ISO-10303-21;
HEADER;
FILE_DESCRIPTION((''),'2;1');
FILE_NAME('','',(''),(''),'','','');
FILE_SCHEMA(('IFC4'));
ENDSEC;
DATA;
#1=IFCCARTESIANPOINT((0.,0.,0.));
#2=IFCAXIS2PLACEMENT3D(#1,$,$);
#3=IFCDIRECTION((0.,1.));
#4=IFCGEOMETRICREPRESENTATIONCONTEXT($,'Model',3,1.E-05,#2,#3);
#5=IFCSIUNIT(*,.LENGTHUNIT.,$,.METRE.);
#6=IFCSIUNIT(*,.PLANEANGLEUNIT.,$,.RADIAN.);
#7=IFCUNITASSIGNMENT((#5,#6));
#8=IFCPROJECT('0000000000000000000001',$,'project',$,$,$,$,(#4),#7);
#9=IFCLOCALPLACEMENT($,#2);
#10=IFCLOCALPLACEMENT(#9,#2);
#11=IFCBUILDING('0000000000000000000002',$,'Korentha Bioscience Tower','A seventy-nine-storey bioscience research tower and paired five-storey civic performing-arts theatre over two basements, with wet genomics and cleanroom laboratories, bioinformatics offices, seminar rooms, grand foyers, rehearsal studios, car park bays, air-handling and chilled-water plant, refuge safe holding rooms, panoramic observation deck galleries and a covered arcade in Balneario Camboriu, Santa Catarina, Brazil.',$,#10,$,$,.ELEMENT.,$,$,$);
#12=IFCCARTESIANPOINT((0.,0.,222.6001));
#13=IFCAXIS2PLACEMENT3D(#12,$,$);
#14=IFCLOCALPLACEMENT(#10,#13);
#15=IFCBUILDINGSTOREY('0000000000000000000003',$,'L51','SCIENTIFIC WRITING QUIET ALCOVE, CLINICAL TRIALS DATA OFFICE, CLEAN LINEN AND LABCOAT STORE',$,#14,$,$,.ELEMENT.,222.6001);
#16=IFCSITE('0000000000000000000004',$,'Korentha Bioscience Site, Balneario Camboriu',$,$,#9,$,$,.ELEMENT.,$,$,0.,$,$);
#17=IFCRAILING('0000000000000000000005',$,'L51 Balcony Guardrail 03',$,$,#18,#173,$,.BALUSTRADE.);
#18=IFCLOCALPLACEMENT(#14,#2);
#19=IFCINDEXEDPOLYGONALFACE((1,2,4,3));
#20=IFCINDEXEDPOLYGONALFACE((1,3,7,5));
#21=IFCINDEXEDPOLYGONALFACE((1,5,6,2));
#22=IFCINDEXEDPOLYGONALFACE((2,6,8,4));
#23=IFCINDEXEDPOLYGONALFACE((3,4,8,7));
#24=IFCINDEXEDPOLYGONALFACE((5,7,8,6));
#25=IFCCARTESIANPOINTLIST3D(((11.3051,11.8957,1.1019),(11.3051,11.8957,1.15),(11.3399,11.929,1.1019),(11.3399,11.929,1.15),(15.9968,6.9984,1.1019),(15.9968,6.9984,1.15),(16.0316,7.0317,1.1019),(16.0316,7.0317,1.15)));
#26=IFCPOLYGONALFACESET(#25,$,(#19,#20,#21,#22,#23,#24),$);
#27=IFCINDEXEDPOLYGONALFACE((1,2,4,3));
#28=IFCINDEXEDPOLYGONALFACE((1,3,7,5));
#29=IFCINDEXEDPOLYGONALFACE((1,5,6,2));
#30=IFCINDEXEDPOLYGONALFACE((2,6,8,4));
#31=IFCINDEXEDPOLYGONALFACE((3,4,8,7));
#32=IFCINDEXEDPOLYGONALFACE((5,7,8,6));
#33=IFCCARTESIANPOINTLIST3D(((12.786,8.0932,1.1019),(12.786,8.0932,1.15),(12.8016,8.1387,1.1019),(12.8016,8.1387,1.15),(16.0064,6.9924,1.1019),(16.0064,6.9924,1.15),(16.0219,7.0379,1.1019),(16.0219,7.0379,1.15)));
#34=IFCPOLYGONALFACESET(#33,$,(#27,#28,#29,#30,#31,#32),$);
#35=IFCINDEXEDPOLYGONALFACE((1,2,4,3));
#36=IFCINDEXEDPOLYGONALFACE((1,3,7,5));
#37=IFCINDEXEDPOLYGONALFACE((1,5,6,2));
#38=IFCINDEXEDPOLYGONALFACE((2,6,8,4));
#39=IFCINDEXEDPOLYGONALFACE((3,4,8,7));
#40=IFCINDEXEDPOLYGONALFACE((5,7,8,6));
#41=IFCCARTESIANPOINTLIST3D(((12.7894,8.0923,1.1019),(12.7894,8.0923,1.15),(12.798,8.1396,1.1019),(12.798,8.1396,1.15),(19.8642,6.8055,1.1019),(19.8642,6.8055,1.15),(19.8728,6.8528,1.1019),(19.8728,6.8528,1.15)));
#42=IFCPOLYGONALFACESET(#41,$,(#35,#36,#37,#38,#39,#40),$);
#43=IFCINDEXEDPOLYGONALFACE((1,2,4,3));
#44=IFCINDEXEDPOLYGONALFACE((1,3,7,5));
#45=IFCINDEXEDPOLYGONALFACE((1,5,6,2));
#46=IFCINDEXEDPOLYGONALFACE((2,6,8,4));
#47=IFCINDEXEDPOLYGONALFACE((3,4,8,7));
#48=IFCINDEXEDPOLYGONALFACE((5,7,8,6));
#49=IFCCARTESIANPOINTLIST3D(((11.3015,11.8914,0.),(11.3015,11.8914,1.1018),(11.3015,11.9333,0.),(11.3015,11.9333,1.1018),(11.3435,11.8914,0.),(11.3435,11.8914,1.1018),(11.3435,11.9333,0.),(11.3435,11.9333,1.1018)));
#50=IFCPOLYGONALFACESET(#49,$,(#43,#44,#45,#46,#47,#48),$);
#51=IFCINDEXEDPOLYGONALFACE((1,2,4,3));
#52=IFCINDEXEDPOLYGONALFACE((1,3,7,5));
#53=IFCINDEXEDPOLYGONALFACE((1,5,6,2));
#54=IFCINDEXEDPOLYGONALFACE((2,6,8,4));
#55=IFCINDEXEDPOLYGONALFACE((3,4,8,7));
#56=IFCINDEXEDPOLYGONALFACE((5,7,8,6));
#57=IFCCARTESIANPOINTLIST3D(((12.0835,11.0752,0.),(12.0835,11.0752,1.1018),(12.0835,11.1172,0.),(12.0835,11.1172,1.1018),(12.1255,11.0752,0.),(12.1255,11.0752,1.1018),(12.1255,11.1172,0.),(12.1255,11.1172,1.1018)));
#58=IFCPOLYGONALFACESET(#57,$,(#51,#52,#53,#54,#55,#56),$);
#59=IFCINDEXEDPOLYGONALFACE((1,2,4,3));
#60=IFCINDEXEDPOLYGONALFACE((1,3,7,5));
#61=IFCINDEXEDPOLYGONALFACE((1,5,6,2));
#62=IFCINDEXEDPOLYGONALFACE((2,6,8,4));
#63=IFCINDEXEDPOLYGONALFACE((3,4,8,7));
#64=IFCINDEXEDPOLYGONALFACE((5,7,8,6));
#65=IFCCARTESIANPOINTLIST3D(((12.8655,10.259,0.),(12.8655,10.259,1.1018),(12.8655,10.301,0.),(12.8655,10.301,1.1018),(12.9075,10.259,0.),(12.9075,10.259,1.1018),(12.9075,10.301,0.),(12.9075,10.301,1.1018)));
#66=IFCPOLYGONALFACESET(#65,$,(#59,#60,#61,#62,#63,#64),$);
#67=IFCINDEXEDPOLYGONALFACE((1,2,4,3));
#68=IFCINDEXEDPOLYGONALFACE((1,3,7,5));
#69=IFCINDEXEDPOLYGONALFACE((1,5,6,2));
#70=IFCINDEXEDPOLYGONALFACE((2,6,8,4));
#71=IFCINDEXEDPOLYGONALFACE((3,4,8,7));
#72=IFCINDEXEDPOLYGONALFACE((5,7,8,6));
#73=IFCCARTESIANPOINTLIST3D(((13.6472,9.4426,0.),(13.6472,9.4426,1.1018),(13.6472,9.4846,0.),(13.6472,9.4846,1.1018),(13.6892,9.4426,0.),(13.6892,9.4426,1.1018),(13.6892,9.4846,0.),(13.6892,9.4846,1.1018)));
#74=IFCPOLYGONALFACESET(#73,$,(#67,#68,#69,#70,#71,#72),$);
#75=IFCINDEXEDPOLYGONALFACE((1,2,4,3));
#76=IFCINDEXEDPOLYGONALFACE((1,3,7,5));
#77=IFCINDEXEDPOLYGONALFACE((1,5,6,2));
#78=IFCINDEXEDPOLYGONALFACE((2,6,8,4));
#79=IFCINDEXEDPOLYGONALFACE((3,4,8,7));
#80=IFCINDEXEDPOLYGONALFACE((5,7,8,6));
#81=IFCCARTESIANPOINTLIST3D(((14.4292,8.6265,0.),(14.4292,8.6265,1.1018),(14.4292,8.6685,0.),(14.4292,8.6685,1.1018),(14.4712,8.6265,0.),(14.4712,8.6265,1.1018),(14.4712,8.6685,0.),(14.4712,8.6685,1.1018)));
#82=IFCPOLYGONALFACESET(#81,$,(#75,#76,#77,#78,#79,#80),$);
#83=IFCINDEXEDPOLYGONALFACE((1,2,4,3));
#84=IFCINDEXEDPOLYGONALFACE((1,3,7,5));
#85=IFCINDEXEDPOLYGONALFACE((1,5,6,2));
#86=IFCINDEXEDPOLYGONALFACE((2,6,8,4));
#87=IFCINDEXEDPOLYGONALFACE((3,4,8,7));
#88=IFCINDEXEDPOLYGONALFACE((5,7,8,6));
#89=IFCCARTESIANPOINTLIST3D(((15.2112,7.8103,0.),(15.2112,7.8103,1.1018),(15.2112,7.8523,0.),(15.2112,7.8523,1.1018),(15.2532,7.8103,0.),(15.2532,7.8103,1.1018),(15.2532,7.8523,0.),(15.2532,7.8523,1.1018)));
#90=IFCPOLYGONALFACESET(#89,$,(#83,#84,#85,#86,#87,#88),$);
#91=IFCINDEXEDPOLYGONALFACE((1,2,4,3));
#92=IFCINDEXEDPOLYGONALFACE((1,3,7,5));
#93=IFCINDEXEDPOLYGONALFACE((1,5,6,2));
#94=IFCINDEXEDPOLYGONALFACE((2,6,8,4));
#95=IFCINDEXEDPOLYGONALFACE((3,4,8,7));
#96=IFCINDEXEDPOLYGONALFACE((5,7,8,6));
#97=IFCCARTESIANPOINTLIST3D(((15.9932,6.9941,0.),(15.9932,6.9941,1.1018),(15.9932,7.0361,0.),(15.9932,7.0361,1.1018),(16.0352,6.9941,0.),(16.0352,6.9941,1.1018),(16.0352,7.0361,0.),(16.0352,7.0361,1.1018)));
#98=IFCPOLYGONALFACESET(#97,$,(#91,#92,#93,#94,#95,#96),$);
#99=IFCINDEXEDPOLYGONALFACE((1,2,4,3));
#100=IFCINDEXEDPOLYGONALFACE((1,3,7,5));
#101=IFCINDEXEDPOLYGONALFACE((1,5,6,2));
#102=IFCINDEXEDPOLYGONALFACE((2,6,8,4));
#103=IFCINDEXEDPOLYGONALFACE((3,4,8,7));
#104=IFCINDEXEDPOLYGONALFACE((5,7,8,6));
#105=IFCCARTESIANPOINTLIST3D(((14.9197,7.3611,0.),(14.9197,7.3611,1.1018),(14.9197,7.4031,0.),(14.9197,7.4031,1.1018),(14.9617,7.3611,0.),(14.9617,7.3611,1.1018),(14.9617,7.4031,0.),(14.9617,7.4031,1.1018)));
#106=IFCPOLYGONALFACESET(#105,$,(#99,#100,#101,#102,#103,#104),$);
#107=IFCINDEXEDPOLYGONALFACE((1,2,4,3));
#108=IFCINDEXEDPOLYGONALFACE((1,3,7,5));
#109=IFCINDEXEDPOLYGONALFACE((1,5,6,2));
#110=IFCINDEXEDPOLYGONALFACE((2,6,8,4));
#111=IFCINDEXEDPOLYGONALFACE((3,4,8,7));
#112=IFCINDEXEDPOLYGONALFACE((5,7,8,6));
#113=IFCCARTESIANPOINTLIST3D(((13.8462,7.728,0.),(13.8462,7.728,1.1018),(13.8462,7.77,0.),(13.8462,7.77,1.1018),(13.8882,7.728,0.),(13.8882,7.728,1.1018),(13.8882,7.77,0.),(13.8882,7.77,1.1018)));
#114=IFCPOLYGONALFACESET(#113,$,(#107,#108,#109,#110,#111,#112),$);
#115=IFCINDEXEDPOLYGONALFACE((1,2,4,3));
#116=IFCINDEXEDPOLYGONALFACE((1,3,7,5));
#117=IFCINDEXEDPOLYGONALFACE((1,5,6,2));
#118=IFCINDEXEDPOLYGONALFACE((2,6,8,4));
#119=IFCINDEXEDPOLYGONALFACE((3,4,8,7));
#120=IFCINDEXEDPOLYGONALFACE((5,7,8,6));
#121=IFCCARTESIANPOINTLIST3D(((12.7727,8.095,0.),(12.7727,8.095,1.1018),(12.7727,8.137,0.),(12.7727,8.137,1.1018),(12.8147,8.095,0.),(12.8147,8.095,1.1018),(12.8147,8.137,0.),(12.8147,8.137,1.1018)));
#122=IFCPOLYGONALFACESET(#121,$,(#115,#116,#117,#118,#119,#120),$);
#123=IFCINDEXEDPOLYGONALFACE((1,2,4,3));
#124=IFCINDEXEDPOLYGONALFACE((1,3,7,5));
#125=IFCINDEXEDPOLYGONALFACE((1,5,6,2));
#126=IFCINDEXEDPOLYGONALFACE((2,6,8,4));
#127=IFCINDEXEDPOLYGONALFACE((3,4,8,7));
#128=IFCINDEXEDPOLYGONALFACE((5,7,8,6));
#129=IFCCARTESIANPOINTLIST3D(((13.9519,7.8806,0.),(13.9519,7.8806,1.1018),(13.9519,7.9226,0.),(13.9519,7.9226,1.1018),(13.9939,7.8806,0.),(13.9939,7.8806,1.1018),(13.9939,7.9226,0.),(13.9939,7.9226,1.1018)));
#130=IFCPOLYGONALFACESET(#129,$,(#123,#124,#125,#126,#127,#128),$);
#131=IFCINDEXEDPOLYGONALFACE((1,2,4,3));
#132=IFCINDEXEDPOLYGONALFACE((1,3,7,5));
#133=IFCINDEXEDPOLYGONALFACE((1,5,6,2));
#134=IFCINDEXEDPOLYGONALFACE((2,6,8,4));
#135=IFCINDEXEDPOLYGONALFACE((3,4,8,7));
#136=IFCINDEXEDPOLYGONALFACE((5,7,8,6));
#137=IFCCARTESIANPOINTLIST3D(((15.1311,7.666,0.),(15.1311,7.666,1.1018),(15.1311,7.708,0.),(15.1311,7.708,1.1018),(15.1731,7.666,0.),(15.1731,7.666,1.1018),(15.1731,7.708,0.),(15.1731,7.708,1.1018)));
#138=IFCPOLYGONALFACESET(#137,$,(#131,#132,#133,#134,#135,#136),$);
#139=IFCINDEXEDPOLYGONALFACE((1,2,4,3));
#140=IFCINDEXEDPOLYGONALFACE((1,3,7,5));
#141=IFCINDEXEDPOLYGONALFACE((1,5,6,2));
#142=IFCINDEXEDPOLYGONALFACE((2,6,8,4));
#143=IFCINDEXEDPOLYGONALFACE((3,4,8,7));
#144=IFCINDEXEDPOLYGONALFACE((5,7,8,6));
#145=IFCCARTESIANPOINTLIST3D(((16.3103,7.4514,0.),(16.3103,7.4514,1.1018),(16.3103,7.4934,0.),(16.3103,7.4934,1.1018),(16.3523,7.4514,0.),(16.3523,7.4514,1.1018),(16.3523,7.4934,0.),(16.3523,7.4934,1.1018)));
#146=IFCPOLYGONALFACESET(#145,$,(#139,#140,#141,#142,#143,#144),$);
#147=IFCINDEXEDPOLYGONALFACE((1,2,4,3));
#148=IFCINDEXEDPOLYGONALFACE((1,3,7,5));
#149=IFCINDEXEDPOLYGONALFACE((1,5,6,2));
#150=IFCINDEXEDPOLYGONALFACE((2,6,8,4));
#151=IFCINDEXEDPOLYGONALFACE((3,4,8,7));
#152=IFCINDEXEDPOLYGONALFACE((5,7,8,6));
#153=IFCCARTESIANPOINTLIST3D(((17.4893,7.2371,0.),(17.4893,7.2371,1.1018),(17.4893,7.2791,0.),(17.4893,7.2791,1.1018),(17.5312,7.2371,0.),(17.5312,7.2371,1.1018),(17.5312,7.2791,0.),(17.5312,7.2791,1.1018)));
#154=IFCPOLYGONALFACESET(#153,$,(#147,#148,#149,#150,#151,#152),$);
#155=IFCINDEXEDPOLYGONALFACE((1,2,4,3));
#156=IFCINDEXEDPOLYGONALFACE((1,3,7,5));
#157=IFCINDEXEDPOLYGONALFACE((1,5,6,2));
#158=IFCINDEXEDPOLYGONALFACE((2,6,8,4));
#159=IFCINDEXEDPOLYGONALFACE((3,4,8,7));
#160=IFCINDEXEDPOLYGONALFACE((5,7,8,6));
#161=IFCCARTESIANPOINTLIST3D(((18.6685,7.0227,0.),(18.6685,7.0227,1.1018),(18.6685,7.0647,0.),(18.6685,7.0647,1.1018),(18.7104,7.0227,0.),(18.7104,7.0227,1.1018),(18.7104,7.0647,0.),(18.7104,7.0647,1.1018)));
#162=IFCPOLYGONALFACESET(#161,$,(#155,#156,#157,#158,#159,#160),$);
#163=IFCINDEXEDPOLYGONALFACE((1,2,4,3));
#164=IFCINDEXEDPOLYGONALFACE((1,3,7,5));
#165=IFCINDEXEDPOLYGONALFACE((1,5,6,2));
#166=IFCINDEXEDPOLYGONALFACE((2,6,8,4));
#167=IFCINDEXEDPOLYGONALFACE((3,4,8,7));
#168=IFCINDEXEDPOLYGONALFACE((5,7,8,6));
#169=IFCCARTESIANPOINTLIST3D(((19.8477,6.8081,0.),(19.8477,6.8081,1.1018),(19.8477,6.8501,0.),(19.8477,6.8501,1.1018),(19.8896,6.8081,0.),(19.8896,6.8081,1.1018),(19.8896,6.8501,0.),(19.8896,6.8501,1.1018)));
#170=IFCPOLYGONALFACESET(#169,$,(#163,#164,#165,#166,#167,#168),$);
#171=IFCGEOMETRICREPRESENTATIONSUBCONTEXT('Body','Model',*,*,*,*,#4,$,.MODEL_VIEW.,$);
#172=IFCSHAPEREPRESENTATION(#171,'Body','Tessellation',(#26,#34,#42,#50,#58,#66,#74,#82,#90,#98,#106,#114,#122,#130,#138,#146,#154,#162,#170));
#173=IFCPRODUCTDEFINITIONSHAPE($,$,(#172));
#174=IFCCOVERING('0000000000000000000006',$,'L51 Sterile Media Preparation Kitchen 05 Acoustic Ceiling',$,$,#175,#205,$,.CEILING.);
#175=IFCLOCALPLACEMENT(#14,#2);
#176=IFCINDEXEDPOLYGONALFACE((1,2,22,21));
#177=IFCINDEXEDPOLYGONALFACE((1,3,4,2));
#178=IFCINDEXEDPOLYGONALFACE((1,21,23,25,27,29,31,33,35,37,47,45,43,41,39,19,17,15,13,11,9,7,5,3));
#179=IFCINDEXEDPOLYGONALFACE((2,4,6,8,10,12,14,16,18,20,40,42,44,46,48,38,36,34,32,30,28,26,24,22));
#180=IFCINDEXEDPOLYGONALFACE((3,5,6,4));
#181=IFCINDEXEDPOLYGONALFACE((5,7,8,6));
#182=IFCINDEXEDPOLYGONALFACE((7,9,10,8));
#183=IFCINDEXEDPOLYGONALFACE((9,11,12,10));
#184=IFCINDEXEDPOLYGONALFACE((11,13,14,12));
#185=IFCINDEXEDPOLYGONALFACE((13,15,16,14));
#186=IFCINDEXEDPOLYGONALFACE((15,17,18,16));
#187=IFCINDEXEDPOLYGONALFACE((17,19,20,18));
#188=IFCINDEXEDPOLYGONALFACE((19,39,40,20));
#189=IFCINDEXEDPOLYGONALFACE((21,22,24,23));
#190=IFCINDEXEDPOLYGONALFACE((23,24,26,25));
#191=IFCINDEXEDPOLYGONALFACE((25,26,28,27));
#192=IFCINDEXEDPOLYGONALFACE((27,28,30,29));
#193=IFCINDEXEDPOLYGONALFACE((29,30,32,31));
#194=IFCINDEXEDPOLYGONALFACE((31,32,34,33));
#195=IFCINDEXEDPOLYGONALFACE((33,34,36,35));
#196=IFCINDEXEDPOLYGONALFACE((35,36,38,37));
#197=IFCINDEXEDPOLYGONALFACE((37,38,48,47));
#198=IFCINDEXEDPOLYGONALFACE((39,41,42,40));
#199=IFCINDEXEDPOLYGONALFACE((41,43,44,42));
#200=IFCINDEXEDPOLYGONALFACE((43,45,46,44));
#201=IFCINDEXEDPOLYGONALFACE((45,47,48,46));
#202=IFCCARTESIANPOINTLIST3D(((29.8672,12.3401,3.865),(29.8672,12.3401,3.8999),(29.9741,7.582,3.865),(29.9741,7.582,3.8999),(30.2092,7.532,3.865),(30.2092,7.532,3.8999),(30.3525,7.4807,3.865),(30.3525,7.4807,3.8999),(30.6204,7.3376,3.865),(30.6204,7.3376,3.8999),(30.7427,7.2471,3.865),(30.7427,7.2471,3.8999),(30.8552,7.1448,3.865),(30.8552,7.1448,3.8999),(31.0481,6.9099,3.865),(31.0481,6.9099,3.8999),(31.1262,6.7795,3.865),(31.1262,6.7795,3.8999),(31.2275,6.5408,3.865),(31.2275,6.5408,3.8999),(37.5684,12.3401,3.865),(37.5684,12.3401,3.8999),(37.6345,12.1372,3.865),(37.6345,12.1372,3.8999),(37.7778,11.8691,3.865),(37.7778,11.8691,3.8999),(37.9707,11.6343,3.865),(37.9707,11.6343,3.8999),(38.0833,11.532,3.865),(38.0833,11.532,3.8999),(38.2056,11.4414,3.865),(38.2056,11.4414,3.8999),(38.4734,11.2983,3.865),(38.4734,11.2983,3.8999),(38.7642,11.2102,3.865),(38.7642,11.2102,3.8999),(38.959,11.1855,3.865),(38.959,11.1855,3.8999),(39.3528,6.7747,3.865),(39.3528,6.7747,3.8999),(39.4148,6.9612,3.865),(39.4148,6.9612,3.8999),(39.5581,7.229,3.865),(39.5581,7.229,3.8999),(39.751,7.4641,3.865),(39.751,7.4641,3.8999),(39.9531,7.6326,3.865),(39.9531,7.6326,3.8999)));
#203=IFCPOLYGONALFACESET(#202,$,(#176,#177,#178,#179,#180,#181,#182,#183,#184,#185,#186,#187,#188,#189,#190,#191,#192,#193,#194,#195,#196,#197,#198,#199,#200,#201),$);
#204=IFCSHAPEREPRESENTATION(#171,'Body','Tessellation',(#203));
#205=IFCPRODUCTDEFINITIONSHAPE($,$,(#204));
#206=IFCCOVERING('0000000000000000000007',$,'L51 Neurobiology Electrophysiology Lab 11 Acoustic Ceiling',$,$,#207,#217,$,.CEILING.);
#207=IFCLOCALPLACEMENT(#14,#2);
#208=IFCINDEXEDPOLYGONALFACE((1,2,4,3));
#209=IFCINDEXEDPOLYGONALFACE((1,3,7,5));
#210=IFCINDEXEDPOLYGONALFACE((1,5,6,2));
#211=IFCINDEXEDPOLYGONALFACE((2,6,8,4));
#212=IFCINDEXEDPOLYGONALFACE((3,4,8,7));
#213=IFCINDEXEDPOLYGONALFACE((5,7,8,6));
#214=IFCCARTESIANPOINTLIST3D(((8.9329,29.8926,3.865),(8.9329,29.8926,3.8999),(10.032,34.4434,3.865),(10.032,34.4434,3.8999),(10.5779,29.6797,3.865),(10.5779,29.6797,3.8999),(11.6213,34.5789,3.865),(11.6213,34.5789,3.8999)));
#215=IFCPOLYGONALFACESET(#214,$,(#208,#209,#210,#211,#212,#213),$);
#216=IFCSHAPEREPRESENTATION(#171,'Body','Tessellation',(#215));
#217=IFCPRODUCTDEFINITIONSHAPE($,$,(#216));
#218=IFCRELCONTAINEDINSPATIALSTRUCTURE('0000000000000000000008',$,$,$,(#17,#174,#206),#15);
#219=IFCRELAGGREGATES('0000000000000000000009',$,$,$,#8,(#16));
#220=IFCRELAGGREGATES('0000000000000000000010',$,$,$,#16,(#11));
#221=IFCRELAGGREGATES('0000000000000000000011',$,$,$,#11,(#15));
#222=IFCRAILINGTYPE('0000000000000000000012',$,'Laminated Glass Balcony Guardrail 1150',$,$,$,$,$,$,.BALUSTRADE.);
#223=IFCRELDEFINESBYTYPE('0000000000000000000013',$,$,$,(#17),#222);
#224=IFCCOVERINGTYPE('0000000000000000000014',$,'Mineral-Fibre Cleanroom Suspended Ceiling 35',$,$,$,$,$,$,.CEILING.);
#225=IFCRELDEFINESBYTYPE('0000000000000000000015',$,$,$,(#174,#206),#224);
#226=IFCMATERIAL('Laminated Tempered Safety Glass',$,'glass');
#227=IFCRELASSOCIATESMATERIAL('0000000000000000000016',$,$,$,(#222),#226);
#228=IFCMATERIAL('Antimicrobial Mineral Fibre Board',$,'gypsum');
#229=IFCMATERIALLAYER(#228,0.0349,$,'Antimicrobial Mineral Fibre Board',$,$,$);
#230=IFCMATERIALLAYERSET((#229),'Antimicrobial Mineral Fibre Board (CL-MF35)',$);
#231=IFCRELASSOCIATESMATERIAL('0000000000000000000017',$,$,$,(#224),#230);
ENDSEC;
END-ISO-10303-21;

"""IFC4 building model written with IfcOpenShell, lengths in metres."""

from ifc_helpers import new_model, si_unit, direction, frame, origin, origin_2d, place, context, subcontext, project, spatial, polyline, rectangle, outline, extrude, material, layer, layer_set, type_object, element, save


model = new_model("IFC4")

# Units and contexts
model_context = context("Model", 3, precision=1e-05, world=origin(), true_north=direction((0.0, 1.0)))
body_context = subcontext(model_context, "Body", "Model", "MODEL_VIEW")
ifc_project = project(units=[si_unit("LENGTHUNIT", "METRE"), si_unit("PLANEANGLEUNIT", "RADIAN")], contexts=[model_context])

# Site, building, storey
site_placement = place(None, origin())
site = spatial("IfcSite", under=ifc_project, at=site_placement, Name="Korentha Bioscience Site, Balneario Camboriu", CompositionType="ELEMENT", RefElevation=0.0)
building_placement = place(site_placement, origin())
building = spatial("IfcBuilding", under=site, at=building_placement, Name="Korentha Bioscience Tower", Description="A seventy-nine-storey bioscience research tower and paired five-storey civic performing-arts theatre over two basements, with wet genomics and cleanroom laboratories, bioinformatics offices, seminar rooms, grand foyers, rehearsal studios, car park bays, air-handling and chilled-water plant, refuge safe holding rooms, panoramic observation deck galleries and a covered arcade in Balneario Camboriu, Santa Catarina, Brazil.", CompositionType="ELEMENT")
storey_placement = place(building_placement, frame((0.0, 0.0, 222.6001)))
storey = spatial("IfcBuildingStorey", under=building, at=storey_placement, Name="L51", Description="SCIENTIFIC WRITING QUIET ALCOVE, CLINICAL TRIALS DATA OFFICE, CLEAN LINEN AND LABCOAT STORE", CompositionType="ELEMENT", Elevation=222.6001)

# Railing
ifc_material_1 = material(Name="Laminated Tempered Safety Glass", Category="glass")
railing_type = type_object("IfcRailingType", Name="Laminated Glass Balcony Guardrail 1150", PredefinedType="BALUSTRADE", material=ifc_material_1)
railing_placement = place(storey_placement, frame((11.3225, 11.9124, 0.0)))
element("IfcRailing", 1, at=railing_placement, inside=storey, type_object=railing_type, Name="L51 Balcony Guardrail 03", PredefinedType="BALUSTRADE", context=body_context, shape_type="SweptSolid", body=[
    extrude(rectangle(XDim=0.0481, YDim=0.0481, at=origin_2d()), frame((0.0, 0.0, 1.126), z_axis=(0.691789, -0.7221, 0.0), x_axis=(0.7221, 0.691789, 0.0)), (0.0, 0.0, 1.0), 6.782),
    extrude(rectangle(XDim=0.0481, YDim=0.0481, at=origin_2d()), frame((4.6917, -4.8972, 1.126), z_axis=(-0.946245, 0.323449, 0.0), x_axis=(-0.323449, -0.946245, 0.0)), (0.0, 0.0, 1.0), 3.4033),
    extrude(rectangle(XDim=0.0481, YDim=0.0481, at=origin_2d()), frame((1.4712, -3.7964, 1.126), z_axis=(0.983857, -0.178954, 0.0), x_axis=(0.178954, 0.983857, 0.0)), (0.0, 0.0, 1.0), 7.1909),
    extrude(rectangle(XDim=0.042, YDim=0.042, at=origin_2d()), origin(), (0.0, 0.0, 1.0), 1.1018),
    extrude(rectangle(XDim=0.042, YDim=0.042, at=origin_2d()), frame((0.782, -0.8162, 0.0)), (0.0, 0.0, 1.0), 1.1018),
    extrude(rectangle(XDim=0.042, YDim=0.042, at=origin_2d()), frame((1.564, -1.6323, 0.0)), (0.0, 0.0, 1.0), 1.1018),
    extrude(rectangle(XDim=0.042, YDim=0.042, at=origin_2d()), frame((2.3457, -2.4487, 0.0)), (0.0, 0.0, 1.0), 1.1018),
    extrude(rectangle(XDim=0.042, YDim=0.042, at=origin_2d()), frame((3.1277, -3.2649, 0.0)), (0.0, 0.0, 1.0), 1.1018),
    extrude(rectangle(XDim=0.042, YDim=0.042, at=origin_2d()), frame((3.9097, -4.0811, 0.0)), (0.0, 0.0, 1.0), 1.1018),
    extrude(rectangle(XDim=0.042, YDim=0.042, at=origin_2d()), frame((4.6917, -4.8972, 0.0)), (0.0, 0.0, 1.0), 1.1018),
    extrude(rectangle(XDim=0.042, YDim=0.042, at=origin_2d()), frame((3.6182, -4.5303, 0.0)), (0.0, 0.0, 1.0), 1.1018),
    extrude(rectangle(XDim=0.042, YDim=0.042, at=origin_2d()), frame((2.5447, -4.1633, 0.0)), (0.0, 0.0, 1.0), 1.1018),
    extrude(rectangle(XDim=0.042, YDim=0.042, at=origin_2d()), frame((1.4712, -3.7964, 0.0)), (0.0, 0.0, 1.0), 1.1018),
    extrude(rectangle(XDim=0.042, YDim=0.042, at=origin_2d()), frame((2.6504, -4.0107, 0.0)), (0.0, 0.0, 1.0), 1.1018),
    extrude(rectangle(XDim=0.042, YDim=0.042, at=origin_2d()), frame((3.8296, -4.2253, 0.0)), (0.0, 0.0, 1.0), 1.1018),
    extrude(rectangle(XDim=0.042, YDim=0.042, at=origin_2d()), frame((5.0088, -4.4399, 0.0)), (0.0, 0.0, 1.0), 1.1018),
    extrude(rectangle(XDim=0.042, YDim=0.042, at=origin_2d()), frame((6.1877, -4.6543, 0.0)), (0.0, 0.0, 1.0), 1.1018),
    extrude(rectangle(XDim=0.042, YDim=0.042, at=origin_2d()), frame((7.3669, -4.8687, 0.0)), (0.0, 0.0, 1.0), 1.1018),
    extrude(rectangle(XDim=0.042, YDim=0.042, at=origin_2d()), frame((8.5461, -5.0833, 0.0)), (0.0, 0.0, 1.0), 1.1018),
])

# Coverings
ifc_material_2 = material(Name="Antimicrobial Mineral Fibre Board", Category="gypsum")
ifc_layer_1 = layer(ifc_material_2, 0.0349, Name="Antimicrobial Mineral Fibre Board")
ifc_layer_set_1 = layer_set([ifc_layer_1], Name="Antimicrobial Mineral Fibre Board (CL-MF35)")
covering_type_1 = type_object("IfcCoveringType", Name="Mineral-Fibre Cleanroom Suspended Ceiling 35", PredefinedType="CEILING", material=ifc_layer_set_1)
covering_1_placement = place(storey_placement, frame((0.0, 0.0, 3.865)))
element("IfcCovering", 2, at=covering_1_placement, inside=storey, type_object=covering_type_1, Name="L51 Sterile Media Preparation Kitchen 05 Acoustic Ceiling", PredefinedType="CEILING", context=body_context, shape_type="SweptSolid", body=[
    extrude(outline(polyline([(39.9531, 7.6326), (39.751, 7.4641), (39.5581, 7.229), (39.4148, 6.9612), (39.3528, 6.7747), (31.2275, 6.5408), (31.1262, 6.7795), (31.0481, 6.9099), (30.8552, 7.1448), (30.7427, 7.2471), (30.6204, 7.3376), (30.3525, 7.4807), (30.2092, 7.532), (29.9741, 7.582), (29.8672, 12.3401), (37.5684, 12.3401), (37.6345, 12.1372), (37.7778, 11.8691), (37.9707, 11.6343), (38.0833, 11.532), (38.2056, 11.4414), (38.4734, 11.2983), (38.7642, 11.2102), (38.959, 11.1855), (39.9531, 7.6326)])), origin(), (0.0, 0.0, 1.0), 0.0349),
])
covering_2_placement = place(storey_placement, frame((0.0, 0.0, 3.865)))
element("IfcCovering", 3, at=covering_2_placement, inside=storey, type_object=covering_type_1, Name="L51 Neurobiology Electrophysiology Lab 11 Acoustic Ceiling", PredefinedType="CEILING", context=body_context, shape_type="SweptSolid", body=[
    extrude(outline(polyline([(10.032, 34.4434), (11.6213, 34.5789), (10.5779, 29.6797), (8.9329, 29.8926), (10.032, 34.4434)])), origin(), (0.0, 0.0, 1.0), 0.0349),
])

save(model, "model.ifc")
